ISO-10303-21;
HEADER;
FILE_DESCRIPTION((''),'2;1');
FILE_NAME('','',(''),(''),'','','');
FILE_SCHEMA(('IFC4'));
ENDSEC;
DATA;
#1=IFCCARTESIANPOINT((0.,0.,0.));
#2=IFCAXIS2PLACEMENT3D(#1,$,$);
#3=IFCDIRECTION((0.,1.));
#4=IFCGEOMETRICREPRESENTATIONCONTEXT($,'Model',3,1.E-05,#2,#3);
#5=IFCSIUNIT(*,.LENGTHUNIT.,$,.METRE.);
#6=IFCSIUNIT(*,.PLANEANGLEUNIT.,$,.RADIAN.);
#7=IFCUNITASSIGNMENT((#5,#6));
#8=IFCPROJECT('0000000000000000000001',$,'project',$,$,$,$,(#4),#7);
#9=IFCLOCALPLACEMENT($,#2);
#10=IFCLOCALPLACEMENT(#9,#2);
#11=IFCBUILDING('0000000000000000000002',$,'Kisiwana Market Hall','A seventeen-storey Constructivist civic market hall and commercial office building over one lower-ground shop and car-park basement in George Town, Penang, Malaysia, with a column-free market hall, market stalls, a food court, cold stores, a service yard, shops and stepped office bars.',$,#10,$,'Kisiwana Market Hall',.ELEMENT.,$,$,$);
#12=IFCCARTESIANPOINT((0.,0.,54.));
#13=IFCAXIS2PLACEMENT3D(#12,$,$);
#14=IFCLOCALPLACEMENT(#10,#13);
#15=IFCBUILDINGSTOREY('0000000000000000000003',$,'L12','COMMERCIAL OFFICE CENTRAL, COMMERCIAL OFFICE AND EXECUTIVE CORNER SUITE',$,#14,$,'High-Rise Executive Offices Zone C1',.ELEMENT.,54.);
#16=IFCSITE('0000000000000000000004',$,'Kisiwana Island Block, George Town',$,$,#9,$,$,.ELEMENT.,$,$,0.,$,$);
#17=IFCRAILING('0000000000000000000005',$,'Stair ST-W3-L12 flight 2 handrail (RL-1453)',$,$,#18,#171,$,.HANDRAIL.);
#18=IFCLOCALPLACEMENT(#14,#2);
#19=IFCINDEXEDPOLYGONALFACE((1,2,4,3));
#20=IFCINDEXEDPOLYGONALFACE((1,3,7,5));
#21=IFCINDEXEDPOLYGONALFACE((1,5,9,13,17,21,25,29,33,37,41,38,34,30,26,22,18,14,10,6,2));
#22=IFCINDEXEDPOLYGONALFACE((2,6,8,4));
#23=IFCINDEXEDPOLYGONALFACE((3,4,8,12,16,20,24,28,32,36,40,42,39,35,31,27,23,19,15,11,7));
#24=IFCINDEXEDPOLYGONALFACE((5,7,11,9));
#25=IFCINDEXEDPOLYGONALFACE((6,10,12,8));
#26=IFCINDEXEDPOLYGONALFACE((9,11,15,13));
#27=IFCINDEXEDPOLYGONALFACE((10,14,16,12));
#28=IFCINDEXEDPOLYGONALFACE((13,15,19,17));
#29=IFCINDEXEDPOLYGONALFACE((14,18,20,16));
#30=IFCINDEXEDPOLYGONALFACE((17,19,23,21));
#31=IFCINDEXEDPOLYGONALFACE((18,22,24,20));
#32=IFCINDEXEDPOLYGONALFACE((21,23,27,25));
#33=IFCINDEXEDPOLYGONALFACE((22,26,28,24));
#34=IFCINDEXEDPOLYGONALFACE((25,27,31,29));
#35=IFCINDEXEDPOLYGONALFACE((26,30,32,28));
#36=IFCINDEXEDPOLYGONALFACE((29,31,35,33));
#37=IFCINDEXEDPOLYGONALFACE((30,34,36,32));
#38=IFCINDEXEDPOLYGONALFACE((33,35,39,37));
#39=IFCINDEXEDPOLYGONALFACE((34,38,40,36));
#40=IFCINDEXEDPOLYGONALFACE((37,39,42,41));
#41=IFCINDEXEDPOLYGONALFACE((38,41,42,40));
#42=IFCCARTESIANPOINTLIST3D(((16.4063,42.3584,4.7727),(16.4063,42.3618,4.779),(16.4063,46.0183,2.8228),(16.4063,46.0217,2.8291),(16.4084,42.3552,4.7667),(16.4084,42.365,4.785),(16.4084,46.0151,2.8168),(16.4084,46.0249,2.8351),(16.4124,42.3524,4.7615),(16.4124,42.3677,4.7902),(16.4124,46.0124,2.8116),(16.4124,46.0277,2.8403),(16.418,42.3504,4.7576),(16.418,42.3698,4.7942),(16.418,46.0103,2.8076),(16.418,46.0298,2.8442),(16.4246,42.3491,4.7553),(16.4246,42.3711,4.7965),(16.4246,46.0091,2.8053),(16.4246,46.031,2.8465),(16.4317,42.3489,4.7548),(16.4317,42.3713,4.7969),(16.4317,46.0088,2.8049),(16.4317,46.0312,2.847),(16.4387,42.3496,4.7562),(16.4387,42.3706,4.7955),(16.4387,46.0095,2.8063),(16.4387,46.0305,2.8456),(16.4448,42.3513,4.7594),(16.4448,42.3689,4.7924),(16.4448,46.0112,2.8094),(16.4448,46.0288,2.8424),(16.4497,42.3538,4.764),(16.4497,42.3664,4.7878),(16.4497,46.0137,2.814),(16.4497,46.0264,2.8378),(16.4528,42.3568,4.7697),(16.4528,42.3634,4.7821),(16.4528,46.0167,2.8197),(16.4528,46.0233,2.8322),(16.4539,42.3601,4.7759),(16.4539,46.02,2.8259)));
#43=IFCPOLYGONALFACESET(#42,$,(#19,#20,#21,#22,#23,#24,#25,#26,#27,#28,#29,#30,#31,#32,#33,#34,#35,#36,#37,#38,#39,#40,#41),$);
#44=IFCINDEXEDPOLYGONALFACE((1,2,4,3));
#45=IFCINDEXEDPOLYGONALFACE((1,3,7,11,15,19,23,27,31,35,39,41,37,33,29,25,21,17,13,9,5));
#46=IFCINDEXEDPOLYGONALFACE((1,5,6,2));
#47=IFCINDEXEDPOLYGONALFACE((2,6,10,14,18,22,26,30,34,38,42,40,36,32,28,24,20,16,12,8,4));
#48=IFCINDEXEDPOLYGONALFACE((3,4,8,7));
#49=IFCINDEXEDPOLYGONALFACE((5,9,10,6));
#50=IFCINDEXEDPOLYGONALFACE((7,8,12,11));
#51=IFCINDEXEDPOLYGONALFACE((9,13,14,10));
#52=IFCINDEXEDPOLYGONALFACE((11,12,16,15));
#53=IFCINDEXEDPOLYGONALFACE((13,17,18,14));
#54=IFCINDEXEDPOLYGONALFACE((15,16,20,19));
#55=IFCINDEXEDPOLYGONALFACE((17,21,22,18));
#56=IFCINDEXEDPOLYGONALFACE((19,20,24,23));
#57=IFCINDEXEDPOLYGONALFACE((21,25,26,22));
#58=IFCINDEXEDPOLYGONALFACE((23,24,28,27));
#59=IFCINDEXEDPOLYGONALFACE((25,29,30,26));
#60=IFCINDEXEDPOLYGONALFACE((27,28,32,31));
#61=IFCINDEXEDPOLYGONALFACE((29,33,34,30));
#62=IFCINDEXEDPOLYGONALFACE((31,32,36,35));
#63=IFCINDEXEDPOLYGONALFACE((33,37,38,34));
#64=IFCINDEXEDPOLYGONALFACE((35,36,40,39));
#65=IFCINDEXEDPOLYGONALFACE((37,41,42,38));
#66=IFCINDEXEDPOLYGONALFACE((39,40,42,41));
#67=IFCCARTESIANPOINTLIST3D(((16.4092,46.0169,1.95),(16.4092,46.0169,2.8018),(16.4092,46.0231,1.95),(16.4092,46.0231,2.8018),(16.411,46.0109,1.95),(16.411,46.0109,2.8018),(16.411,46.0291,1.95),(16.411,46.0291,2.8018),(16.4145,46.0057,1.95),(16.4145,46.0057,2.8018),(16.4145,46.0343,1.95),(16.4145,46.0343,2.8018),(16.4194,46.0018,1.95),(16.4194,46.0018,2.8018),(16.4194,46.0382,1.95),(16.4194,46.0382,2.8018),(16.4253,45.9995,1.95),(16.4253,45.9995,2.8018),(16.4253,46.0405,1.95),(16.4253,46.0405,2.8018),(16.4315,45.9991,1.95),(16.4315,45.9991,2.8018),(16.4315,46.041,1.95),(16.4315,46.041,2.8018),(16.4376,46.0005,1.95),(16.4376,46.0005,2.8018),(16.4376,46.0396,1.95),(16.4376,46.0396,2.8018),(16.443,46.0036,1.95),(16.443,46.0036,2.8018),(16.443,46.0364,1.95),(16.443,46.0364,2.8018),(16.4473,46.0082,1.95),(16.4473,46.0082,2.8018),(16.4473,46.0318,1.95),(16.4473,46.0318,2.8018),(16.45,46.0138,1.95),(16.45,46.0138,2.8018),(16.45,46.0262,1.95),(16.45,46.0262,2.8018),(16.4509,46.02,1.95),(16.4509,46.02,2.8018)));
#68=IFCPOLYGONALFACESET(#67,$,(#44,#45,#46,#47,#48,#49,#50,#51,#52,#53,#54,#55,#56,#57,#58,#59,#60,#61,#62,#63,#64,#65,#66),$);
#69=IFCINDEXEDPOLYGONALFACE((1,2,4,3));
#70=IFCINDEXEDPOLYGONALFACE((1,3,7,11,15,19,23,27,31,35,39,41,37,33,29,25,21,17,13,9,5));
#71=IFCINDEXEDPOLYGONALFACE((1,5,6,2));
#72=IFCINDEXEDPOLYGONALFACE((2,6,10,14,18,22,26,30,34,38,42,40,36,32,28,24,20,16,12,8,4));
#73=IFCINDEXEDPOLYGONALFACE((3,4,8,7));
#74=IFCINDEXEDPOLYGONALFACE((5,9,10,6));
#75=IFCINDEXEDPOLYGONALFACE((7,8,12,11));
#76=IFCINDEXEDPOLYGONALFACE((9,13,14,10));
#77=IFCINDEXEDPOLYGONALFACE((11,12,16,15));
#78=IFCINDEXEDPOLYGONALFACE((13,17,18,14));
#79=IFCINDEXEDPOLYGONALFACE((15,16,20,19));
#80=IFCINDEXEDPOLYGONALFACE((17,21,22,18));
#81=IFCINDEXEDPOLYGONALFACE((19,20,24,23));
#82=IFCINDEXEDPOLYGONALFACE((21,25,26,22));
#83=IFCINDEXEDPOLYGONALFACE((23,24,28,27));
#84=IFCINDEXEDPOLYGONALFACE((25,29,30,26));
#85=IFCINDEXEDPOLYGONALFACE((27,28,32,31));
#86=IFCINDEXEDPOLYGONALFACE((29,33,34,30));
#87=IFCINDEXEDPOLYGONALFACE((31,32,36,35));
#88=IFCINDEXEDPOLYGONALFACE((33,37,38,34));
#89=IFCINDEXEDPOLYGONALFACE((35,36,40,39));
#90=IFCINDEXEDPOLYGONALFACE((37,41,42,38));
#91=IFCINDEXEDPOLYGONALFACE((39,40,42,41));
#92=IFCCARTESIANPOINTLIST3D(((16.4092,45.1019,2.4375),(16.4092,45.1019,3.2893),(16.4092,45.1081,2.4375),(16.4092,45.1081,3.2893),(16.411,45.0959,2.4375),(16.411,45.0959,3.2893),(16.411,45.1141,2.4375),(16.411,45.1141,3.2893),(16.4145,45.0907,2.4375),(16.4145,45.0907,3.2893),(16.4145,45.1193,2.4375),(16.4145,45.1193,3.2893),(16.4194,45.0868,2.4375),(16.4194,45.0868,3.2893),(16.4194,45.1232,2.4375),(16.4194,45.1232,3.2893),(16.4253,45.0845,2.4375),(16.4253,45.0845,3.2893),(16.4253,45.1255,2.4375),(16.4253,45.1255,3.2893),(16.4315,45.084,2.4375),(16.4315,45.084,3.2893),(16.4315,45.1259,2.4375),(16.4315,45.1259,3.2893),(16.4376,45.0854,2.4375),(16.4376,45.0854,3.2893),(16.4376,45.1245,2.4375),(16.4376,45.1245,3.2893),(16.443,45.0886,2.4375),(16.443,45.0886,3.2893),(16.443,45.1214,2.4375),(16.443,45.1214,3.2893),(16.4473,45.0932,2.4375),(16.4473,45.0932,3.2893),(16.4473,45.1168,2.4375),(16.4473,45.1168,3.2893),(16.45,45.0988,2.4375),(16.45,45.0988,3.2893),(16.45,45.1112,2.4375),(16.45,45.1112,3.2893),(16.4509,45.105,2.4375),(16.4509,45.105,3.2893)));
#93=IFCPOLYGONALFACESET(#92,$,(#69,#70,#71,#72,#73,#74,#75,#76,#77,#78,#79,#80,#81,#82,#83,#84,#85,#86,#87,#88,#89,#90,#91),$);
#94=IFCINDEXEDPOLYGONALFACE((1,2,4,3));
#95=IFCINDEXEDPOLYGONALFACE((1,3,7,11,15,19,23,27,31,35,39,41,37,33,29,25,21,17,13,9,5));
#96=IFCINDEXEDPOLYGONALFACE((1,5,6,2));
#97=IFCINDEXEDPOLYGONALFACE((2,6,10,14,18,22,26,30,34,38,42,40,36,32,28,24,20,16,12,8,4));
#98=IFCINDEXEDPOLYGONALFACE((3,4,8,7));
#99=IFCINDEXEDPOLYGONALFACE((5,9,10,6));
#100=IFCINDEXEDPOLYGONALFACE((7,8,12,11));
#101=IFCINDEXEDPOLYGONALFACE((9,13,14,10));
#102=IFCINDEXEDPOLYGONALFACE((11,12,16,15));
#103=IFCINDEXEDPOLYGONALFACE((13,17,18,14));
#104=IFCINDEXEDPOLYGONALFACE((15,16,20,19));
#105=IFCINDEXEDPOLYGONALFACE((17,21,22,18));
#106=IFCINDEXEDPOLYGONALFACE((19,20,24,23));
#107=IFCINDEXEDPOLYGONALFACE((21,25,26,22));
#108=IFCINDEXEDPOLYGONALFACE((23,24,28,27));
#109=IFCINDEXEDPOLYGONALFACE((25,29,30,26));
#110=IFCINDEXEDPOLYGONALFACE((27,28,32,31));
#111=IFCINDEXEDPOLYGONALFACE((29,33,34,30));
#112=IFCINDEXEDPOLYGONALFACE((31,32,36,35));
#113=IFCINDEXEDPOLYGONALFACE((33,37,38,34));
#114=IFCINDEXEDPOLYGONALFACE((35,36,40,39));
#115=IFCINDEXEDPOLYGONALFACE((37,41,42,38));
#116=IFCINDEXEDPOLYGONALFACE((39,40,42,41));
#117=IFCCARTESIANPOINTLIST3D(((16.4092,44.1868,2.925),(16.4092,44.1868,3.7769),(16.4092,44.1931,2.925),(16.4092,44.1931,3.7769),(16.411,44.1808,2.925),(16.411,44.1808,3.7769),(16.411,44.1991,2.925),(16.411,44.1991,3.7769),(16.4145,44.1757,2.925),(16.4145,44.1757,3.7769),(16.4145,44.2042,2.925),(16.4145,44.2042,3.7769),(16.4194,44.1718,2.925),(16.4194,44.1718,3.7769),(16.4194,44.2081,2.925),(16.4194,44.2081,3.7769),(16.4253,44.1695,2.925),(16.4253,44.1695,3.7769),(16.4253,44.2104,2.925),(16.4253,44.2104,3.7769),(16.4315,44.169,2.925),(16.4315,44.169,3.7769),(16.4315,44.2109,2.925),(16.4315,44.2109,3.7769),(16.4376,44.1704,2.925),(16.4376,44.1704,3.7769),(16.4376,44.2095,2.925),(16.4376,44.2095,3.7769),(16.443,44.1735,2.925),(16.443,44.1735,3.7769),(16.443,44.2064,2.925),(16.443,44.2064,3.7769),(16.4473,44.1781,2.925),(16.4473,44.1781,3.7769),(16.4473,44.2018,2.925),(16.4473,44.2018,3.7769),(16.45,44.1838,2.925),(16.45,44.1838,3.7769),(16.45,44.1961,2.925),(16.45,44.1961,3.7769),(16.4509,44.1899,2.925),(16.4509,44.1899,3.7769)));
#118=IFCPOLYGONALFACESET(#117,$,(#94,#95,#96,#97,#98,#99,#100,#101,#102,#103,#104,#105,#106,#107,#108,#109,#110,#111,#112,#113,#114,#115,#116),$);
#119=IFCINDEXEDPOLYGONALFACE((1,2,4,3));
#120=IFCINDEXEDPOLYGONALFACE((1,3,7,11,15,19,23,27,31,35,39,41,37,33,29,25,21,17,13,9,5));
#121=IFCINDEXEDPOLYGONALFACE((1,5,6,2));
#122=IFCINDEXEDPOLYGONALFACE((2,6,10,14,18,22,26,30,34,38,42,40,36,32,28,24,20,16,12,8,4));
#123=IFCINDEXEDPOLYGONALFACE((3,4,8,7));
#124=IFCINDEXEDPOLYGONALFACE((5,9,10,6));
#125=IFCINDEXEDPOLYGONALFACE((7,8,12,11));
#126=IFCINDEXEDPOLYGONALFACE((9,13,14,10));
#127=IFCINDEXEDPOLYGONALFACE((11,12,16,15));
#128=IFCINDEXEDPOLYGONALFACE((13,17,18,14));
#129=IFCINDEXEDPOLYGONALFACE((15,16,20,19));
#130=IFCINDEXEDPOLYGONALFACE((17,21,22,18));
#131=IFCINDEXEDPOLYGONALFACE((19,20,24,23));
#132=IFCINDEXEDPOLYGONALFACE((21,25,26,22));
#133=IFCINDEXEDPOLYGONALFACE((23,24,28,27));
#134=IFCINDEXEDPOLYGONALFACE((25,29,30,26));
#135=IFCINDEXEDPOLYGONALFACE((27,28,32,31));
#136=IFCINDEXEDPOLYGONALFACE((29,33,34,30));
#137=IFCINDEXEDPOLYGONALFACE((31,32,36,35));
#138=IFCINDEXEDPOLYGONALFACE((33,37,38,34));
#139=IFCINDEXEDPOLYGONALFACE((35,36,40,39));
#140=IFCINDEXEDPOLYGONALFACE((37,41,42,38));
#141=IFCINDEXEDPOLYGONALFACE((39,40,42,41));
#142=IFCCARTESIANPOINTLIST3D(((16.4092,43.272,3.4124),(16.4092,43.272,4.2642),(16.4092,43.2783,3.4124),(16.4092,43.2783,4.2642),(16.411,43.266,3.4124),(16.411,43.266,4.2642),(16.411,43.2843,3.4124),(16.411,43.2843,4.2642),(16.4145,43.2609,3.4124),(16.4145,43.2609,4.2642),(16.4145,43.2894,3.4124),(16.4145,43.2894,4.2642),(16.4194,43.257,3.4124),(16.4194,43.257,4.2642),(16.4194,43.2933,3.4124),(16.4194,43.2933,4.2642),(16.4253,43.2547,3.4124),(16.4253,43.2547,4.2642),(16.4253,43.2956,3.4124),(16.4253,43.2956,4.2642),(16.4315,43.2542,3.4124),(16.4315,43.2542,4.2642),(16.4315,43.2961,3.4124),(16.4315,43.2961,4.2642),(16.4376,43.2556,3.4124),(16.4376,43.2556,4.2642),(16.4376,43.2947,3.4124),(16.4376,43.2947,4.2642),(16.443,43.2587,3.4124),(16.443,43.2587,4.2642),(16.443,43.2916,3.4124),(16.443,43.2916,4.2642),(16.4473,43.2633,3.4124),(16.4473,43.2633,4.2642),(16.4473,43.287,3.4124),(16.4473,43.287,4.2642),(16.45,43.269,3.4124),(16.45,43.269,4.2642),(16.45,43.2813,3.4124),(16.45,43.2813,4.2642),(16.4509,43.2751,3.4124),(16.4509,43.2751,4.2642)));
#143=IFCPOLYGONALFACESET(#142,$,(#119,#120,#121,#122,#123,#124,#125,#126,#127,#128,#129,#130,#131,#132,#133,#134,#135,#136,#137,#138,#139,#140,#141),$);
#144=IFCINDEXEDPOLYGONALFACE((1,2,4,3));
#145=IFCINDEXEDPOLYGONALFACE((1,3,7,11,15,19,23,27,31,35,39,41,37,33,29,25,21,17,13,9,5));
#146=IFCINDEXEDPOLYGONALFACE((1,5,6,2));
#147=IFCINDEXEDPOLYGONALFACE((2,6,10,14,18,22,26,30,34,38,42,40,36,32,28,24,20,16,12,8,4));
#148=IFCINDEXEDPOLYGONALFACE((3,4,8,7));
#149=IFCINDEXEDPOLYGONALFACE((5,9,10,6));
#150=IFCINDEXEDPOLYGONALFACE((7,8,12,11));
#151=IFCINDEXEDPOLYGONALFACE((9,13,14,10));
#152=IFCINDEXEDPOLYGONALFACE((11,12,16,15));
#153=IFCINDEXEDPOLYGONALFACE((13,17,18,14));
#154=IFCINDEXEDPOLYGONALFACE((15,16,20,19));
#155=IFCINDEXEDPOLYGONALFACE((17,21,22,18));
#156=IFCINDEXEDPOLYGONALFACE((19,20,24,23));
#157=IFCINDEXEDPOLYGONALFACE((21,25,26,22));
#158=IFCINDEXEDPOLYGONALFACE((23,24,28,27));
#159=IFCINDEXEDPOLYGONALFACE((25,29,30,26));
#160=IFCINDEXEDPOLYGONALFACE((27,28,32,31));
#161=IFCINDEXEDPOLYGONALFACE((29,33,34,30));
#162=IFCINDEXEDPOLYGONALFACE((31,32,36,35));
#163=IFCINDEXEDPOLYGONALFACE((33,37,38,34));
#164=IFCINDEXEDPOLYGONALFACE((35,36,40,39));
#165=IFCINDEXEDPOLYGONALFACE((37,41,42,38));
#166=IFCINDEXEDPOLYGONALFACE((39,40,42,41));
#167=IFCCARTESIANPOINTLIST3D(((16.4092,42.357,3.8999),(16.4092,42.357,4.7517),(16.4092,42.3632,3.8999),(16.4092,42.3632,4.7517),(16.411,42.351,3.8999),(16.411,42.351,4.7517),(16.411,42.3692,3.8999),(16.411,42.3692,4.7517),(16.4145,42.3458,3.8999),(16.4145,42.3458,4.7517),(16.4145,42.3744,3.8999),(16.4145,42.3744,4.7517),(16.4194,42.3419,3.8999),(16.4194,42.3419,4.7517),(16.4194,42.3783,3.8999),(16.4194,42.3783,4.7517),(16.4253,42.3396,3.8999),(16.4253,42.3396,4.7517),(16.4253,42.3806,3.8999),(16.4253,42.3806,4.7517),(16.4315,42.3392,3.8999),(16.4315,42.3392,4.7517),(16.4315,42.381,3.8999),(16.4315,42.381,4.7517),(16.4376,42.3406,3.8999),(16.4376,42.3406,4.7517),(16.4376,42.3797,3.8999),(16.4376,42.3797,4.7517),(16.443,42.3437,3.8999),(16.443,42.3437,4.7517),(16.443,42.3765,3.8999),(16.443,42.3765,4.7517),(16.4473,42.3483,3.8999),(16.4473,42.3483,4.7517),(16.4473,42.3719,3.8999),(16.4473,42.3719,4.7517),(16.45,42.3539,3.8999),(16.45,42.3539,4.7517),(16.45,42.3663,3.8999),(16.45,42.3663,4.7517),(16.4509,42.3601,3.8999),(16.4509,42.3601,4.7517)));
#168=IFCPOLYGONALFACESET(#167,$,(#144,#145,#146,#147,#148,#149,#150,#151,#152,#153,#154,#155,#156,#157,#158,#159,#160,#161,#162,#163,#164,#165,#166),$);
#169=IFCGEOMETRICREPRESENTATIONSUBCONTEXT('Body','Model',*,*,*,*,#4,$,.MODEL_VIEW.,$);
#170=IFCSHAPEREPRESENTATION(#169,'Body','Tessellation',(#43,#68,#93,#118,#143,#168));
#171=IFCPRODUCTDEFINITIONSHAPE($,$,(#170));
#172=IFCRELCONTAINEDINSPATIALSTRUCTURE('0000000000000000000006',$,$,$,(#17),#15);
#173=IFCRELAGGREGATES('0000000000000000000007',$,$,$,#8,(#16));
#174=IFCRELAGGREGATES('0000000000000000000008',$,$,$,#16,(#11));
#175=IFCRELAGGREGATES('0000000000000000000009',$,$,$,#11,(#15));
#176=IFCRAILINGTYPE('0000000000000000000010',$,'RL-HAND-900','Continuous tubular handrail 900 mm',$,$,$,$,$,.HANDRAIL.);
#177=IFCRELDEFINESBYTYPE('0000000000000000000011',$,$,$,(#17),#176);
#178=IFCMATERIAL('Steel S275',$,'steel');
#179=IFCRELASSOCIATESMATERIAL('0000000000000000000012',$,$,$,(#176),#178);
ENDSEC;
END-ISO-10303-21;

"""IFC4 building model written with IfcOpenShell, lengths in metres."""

from ifc_helpers import new_model, si_unit, direction, frame, origin, origin_2d, place, context, subcontext, project, spatial, circle, extrude, material, type_object, element, save


model = new_model("IFC4")

# Units and contexts
model_context = context("Model", 3, precision=1e-05, world=origin(), true_north=direction((0.0, 1.0)))
body_context = subcontext(model_context, "Body", "Model", "MODEL_VIEW")
ifc_project = project(units=[si_unit("LENGTHUNIT", "METRE"), si_unit("PLANEANGLEUNIT", "RADIAN")], contexts=[model_context])

# Site, building, storey
site_placement = place(None, origin())
site = spatial("IfcSite", under=ifc_project, at=site_placement, Name="Kisiwana Island Block, George Town", CompositionType="ELEMENT", RefElevation=0.0)
building_placement = place(site_placement, origin())
building = spatial("IfcBuilding", under=site, at=building_placement, Name="Kisiwana Market Hall", Description="A seventeen-storey Constructivist civic market hall and commercial office building over one lower-ground shop and car-park basement in George Town, Penang, Malaysia, with a column-free market hall, market stalls, a food court, cold stores, a service yard, shops and stepped office bars.", LongName="Kisiwana Market Hall", CompositionType="ELEMENT")
storey_placement = place(building_placement, frame((0.0, 0.0, 54.0)))
storey = spatial("IfcBuildingStorey", under=building, at=storey_placement, Name="L12", Description="COMMERCIAL OFFICE CENTRAL, COMMERCIAL OFFICE AND EXECUTIVE CORNER SUITE", LongName="High-Rise Executive Offices Zone C1", CompositionType="ELEMENT", Elevation=54.0)

# Railing
ifc_material_1 = material(Name="Steel S275", Category="steel")
railing_type_1 = type_object("IfcRailingType", Name="RL-HAND-900", Description="Continuous tubular handrail 900 mm", PredefinedType="HANDRAIL", material=ifc_material_1)
for number, where, name in (
    (1, (16.4299, 46.02, 1.95), "Stair ST-W3-L12 flight 2 handrail (RL-1453)"),
):
    element("IfcRailing", number, at=place(storey_placement, frame(where)), inside=storey, type_object=railing_type_1, Name=name, PredefinedType="HANDRAIL", context=body_context, shape_type="SweptSolid", body=[
        extrude(circle(Radius=0.0239, at=origin_2d()), frame((0.0, 0.0, 0.876), z_axis=(0.0, -0.882553, 0.470212), x_axis=(1.0, 0.0, 0.0)), (0.0, 0.0, 1.0), 4.147),
        extrude(circle(Radius=0.021, at=origin_2d()), origin(), (0.0, 0.0, 1.0), 0.8518),
        extrude(circle(Radius=0.021, at=origin_2d()), frame((0.0, -0.915, 0.4875)), (0.0, 0.0, 1.0), 0.8518),
        extrude(circle(Radius=0.021, at=origin_2d()), frame((0.0, -1.8301, 0.9751)), (0.0, 0.0, 1.0), 0.8518),
        extrude(circle(Radius=0.021, at=origin_2d()), frame((0.0, -2.7449, 1.4624)), (0.0, 0.0, 1.0), 0.8518),
        extrude(circle(Radius=0.021, at=origin_2d()), frame((0.0, -3.6599, 1.95)), (0.0, 0.0, 1.0), 0.8518),
    ])

save(model, "model.ifc")
